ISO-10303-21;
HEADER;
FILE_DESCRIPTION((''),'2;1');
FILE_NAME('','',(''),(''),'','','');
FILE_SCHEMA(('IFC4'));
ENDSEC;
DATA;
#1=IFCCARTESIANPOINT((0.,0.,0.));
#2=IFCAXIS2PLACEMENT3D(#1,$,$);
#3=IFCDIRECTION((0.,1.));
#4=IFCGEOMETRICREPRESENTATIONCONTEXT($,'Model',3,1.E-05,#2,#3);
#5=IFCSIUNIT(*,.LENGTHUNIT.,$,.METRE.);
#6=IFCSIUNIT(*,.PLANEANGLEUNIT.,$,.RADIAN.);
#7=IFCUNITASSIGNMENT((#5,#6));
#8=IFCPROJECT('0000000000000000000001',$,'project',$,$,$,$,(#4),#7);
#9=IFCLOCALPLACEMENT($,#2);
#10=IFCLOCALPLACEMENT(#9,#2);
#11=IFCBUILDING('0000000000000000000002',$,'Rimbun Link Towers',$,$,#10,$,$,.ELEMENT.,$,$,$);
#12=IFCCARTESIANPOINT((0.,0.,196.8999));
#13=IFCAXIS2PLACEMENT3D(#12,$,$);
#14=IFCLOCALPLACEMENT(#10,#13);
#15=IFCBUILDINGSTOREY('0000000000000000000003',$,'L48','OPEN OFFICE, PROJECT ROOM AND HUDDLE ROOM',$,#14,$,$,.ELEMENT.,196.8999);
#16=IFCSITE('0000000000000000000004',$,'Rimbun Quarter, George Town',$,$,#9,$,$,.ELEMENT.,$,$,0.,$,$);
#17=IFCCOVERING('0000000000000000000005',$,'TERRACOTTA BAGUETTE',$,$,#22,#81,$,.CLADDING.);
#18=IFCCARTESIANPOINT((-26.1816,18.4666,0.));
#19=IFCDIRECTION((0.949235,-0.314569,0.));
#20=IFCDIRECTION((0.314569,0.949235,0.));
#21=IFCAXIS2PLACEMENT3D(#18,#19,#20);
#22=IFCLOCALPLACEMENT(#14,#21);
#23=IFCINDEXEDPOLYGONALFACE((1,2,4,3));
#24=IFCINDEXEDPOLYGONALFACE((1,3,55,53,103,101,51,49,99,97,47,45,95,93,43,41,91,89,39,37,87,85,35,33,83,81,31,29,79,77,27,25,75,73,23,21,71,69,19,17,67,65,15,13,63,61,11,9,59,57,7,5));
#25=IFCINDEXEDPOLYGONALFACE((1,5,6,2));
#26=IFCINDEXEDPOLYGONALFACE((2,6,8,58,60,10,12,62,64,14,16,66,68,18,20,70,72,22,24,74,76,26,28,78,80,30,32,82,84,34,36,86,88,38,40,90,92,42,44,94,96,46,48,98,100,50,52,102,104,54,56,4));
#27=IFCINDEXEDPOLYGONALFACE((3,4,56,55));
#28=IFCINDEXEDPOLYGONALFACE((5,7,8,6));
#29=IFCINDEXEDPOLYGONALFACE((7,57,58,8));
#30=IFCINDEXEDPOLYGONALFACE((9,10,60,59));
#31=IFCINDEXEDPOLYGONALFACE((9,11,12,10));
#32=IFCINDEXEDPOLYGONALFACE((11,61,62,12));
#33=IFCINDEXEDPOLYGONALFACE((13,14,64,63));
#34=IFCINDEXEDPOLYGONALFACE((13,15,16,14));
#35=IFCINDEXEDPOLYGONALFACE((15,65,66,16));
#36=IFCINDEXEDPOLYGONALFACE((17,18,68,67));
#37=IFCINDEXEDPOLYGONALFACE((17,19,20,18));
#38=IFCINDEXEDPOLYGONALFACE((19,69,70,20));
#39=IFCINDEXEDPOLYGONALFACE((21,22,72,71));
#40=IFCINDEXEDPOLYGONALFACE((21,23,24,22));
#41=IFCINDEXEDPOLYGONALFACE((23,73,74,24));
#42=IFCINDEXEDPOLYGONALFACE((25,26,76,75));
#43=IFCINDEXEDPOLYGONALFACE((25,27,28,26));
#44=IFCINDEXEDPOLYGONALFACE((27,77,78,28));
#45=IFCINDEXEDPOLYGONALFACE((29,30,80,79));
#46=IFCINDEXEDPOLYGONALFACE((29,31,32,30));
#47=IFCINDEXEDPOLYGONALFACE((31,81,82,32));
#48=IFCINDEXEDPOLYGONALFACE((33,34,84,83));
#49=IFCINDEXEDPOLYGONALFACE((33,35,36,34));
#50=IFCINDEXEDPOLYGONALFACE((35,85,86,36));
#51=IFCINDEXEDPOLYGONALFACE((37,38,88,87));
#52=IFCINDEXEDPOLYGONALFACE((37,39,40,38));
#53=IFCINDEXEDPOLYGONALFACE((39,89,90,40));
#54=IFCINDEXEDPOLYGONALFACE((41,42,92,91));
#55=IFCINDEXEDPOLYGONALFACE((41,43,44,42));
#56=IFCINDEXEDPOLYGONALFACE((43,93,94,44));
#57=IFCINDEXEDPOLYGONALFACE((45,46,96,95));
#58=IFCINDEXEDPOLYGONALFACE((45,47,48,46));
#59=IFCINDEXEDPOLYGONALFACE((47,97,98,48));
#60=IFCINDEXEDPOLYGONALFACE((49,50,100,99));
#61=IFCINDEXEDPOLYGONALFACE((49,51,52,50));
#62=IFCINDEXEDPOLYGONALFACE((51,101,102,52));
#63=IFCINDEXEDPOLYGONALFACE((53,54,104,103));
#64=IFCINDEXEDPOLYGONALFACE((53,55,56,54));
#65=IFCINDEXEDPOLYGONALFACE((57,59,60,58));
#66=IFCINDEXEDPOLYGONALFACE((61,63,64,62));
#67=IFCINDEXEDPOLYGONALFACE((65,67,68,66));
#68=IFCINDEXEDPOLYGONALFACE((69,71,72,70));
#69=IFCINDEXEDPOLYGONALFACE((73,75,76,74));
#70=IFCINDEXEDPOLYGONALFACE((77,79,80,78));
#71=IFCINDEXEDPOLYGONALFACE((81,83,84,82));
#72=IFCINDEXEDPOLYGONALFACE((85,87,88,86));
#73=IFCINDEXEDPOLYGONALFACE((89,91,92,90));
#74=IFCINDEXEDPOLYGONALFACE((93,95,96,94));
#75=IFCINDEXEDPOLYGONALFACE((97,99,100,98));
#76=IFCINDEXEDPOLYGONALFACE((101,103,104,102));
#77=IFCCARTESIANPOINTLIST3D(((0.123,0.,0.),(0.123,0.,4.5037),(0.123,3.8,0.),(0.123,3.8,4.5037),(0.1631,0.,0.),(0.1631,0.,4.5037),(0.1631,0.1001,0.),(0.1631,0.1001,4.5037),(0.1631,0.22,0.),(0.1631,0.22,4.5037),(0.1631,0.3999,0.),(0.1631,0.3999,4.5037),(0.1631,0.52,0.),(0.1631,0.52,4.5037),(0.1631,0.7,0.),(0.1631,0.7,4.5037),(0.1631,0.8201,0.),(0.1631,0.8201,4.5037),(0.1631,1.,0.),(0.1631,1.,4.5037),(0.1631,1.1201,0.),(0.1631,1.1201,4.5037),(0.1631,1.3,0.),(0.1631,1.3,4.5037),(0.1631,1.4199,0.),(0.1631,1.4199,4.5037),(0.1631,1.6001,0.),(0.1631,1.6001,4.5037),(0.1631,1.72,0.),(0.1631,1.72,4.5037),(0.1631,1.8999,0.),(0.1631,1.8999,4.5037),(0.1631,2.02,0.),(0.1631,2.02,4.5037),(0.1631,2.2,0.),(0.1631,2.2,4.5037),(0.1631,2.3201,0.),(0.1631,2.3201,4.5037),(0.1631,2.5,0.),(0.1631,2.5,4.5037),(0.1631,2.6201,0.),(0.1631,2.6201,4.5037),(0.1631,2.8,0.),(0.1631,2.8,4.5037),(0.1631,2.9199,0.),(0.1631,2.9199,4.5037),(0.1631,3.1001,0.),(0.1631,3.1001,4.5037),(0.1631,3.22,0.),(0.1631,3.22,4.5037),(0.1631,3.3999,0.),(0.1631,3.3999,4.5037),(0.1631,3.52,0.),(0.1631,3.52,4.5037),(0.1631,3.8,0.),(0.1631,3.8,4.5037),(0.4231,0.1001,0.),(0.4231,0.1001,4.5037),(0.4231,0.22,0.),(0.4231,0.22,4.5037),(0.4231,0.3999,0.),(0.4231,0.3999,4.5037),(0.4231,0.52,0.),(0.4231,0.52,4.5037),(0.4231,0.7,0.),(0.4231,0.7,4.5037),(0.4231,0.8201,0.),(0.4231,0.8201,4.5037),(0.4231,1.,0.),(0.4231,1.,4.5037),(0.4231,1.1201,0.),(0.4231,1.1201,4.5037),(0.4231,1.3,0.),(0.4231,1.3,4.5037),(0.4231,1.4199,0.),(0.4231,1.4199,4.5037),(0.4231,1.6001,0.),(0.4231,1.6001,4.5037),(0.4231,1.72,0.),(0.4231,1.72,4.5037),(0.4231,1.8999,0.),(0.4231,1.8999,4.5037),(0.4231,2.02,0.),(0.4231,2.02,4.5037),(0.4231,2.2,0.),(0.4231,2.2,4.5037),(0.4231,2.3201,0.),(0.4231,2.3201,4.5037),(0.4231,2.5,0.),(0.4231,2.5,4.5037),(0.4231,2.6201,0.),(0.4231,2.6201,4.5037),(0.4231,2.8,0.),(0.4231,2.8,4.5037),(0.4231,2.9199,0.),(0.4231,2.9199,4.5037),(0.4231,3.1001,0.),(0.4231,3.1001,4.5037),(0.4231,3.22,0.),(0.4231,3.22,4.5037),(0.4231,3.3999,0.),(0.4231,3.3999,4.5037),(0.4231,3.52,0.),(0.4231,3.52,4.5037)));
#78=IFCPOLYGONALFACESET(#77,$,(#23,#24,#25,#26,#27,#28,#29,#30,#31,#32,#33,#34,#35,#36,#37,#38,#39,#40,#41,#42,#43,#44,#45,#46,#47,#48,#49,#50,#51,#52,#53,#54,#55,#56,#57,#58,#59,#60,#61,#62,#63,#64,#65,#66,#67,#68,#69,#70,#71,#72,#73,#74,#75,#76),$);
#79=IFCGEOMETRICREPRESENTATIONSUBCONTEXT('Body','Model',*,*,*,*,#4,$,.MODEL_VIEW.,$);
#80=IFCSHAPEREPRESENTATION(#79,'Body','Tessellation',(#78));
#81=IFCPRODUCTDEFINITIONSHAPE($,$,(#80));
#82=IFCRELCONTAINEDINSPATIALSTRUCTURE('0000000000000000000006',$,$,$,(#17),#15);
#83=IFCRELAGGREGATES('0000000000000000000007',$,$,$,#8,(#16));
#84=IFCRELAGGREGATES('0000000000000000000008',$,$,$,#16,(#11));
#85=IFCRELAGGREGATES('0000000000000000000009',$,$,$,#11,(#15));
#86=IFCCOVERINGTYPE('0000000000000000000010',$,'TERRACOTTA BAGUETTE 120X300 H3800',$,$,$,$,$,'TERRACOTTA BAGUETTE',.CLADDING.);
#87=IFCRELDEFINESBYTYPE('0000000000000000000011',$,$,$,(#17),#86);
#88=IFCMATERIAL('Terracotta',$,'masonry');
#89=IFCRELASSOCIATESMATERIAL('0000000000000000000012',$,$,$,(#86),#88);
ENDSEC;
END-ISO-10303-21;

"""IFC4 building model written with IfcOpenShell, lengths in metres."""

from ifc_helpers import new_model, si_unit, direction, frame, origin, place, context, subcontext, project, spatial, polyline, outline, extrude, material, material_profile, profile_set, type_object, element, save


model = new_model("IFC4")

# Units and contexts
model_context = context("Model", 3, precision=1e-05, world=origin(), true_north=direction((0.0, 1.0)))
body_context = subcontext(model_context, "Body", "Model", "MODEL_VIEW")
ifc_project = project(units=[si_unit("LENGTHUNIT", "METRE"), si_unit("PLANEANGLEUNIT", "RADIAN")], contexts=[model_context])

# Site, building, storey
site_placement = place(None, origin())
site = spatial("IfcSite", under=ifc_project, at=site_placement, Name="Rimbun Quarter, George Town", CompositionType="ELEMENT", RefElevation=0.0)
building_placement = place(site_placement, origin())
building = spatial("IfcBuilding", under=site, at=building_placement, Name="Rimbun Link Towers", CompositionType="ELEMENT")
storey_placement = place(building_placement, frame((0.0, 0.0, 196.8999)))
storey = spatial("IfcBuildingStorey", under=building, at=storey_placement, Name="L48", Description="OPEN OFFICE, PROJECT ROOM AND HUDDLE ROOM", CompositionType="ELEMENT", Elevation=196.8999)

# Covering
ifc_material_1 = material(Name="Terracotta", Category="masonry")
ifc_material_profile_1 = material_profile(ifc_material_1, outline(polyline([(0.123, 0.0), (0.1631, 0.0), (0.1631, 0.1001), (0.4231, 0.1001), (0.4231, 0.22), (0.1631, 0.22), (0.1631, 0.3999), (0.4231, 0.3999), (0.4231, 0.52), (0.1631, 0.52), (0.1631, 0.7), (0.4231, 0.7), (0.4231, 0.8201), (0.1631, 0.8201), (0.1631, 1.0), (0.4231, 1.0), (0.4231, 1.1201), (0.1631, 1.1201), (0.1631, 1.3), (0.4231, 1.3), (0.4231, 1.4199), (0.1631, 1.4199), (0.1631, 1.6001), (0.4231, 1.6001), (0.4231, 1.72), (0.1631, 1.72), (0.1631, 1.8999), (0.4231, 1.8999), (0.4231, 2.02), (0.1631, 2.02), (0.1631, 2.2), (0.4231, 2.2), (0.4231, 2.3201), (0.1631, 2.3201), (0.1631, 2.5), (0.4231, 2.5), (0.4231, 2.6201), (0.1631, 2.6201), (0.1631, 2.8), (0.4231, 2.8), (0.4231, 2.9199), (0.1631, 2.9199), (0.1631, 3.1001), (0.4231, 3.1001), (0.4231, 3.22), (0.1631, 3.22), (0.1631, 3.3999), (0.4231, 3.3999), (0.4231, 3.52), (0.1631, 3.52), (0.1631, 3.8), (0.123, 3.8), (0.123, 0.0)])), Name="BAGUETTE 120X300")
ifc_profile_set_1 = profile_set([ifc_material_profile_1], Name="Terracotta")
covering_type = type_object("IfcCoveringType", Name="TERRACOTTA BAGUETTE 120X300 H3800", ElementType="TERRACOTTA BAGUETTE", PredefinedType="CLADDING", material=ifc_profile_set_1)
covering_1_placement = place(storey_placement, frame((-26.1816, 18.4666, 0.0), z_axis=(0.949235, -0.314569, 0.0), x_axis=(0.314569, 0.949235, 0.0)))
element("IfcCovering", 1, at=covering_1_placement, inside=storey, type_object=covering_type, Name="TERRACOTTA BAGUETTE", PredefinedType="CLADDING", context=body_context, shape_type="SweptSolid", body=[
    extrude(outline(polyline([(0.123, 0.0), (0.1631, 0.0), (0.1631, 0.1001), (0.4231, 0.1001), (0.4231, 0.22), (0.1631, 0.22), (0.1631, 0.3999), (0.4231, 0.3999), (0.4231, 0.52), (0.1631, 0.52), (0.1631, 0.7), (0.4231, 0.7), (0.4231, 0.8201), (0.1631, 0.8201), (0.1631, 1.0), (0.4231, 1.0), (0.4231, 1.1201), (0.1631, 1.1201), (0.1631, 1.3), (0.4231, 1.3), (0.4231, 1.4199), (0.1631, 1.4199), (0.1631, 1.6001), (0.4231, 1.6001), (0.4231, 1.72), (0.1631, 1.72), (0.1631, 1.8999), (0.4231, 1.8999), (0.4231, 2.02), (0.1631, 2.02), (0.1631, 2.2), (0.4231, 2.2), (0.4231, 2.3201), (0.1631, 2.3201), (0.1631, 2.5), (0.4231, 2.5), (0.4231, 2.6201), (0.1631, 2.6201), (0.1631, 2.8), (0.4231, 2.8), (0.4231, 2.9199), (0.1631, 2.9199), (0.1631, 3.1001), (0.4231, 3.1001), (0.4231, 3.22), (0.1631, 3.22), (0.1631, 3.3999), (0.4231, 3.3999), (0.4231, 3.52), (0.1631, 3.52), (0.1631, 3.8), (0.123, 3.8), (0.123, 0.0)])), origin(), (0.0, 0.0, 1.0), 4.5037),
])

save(model, "model.ifc")
